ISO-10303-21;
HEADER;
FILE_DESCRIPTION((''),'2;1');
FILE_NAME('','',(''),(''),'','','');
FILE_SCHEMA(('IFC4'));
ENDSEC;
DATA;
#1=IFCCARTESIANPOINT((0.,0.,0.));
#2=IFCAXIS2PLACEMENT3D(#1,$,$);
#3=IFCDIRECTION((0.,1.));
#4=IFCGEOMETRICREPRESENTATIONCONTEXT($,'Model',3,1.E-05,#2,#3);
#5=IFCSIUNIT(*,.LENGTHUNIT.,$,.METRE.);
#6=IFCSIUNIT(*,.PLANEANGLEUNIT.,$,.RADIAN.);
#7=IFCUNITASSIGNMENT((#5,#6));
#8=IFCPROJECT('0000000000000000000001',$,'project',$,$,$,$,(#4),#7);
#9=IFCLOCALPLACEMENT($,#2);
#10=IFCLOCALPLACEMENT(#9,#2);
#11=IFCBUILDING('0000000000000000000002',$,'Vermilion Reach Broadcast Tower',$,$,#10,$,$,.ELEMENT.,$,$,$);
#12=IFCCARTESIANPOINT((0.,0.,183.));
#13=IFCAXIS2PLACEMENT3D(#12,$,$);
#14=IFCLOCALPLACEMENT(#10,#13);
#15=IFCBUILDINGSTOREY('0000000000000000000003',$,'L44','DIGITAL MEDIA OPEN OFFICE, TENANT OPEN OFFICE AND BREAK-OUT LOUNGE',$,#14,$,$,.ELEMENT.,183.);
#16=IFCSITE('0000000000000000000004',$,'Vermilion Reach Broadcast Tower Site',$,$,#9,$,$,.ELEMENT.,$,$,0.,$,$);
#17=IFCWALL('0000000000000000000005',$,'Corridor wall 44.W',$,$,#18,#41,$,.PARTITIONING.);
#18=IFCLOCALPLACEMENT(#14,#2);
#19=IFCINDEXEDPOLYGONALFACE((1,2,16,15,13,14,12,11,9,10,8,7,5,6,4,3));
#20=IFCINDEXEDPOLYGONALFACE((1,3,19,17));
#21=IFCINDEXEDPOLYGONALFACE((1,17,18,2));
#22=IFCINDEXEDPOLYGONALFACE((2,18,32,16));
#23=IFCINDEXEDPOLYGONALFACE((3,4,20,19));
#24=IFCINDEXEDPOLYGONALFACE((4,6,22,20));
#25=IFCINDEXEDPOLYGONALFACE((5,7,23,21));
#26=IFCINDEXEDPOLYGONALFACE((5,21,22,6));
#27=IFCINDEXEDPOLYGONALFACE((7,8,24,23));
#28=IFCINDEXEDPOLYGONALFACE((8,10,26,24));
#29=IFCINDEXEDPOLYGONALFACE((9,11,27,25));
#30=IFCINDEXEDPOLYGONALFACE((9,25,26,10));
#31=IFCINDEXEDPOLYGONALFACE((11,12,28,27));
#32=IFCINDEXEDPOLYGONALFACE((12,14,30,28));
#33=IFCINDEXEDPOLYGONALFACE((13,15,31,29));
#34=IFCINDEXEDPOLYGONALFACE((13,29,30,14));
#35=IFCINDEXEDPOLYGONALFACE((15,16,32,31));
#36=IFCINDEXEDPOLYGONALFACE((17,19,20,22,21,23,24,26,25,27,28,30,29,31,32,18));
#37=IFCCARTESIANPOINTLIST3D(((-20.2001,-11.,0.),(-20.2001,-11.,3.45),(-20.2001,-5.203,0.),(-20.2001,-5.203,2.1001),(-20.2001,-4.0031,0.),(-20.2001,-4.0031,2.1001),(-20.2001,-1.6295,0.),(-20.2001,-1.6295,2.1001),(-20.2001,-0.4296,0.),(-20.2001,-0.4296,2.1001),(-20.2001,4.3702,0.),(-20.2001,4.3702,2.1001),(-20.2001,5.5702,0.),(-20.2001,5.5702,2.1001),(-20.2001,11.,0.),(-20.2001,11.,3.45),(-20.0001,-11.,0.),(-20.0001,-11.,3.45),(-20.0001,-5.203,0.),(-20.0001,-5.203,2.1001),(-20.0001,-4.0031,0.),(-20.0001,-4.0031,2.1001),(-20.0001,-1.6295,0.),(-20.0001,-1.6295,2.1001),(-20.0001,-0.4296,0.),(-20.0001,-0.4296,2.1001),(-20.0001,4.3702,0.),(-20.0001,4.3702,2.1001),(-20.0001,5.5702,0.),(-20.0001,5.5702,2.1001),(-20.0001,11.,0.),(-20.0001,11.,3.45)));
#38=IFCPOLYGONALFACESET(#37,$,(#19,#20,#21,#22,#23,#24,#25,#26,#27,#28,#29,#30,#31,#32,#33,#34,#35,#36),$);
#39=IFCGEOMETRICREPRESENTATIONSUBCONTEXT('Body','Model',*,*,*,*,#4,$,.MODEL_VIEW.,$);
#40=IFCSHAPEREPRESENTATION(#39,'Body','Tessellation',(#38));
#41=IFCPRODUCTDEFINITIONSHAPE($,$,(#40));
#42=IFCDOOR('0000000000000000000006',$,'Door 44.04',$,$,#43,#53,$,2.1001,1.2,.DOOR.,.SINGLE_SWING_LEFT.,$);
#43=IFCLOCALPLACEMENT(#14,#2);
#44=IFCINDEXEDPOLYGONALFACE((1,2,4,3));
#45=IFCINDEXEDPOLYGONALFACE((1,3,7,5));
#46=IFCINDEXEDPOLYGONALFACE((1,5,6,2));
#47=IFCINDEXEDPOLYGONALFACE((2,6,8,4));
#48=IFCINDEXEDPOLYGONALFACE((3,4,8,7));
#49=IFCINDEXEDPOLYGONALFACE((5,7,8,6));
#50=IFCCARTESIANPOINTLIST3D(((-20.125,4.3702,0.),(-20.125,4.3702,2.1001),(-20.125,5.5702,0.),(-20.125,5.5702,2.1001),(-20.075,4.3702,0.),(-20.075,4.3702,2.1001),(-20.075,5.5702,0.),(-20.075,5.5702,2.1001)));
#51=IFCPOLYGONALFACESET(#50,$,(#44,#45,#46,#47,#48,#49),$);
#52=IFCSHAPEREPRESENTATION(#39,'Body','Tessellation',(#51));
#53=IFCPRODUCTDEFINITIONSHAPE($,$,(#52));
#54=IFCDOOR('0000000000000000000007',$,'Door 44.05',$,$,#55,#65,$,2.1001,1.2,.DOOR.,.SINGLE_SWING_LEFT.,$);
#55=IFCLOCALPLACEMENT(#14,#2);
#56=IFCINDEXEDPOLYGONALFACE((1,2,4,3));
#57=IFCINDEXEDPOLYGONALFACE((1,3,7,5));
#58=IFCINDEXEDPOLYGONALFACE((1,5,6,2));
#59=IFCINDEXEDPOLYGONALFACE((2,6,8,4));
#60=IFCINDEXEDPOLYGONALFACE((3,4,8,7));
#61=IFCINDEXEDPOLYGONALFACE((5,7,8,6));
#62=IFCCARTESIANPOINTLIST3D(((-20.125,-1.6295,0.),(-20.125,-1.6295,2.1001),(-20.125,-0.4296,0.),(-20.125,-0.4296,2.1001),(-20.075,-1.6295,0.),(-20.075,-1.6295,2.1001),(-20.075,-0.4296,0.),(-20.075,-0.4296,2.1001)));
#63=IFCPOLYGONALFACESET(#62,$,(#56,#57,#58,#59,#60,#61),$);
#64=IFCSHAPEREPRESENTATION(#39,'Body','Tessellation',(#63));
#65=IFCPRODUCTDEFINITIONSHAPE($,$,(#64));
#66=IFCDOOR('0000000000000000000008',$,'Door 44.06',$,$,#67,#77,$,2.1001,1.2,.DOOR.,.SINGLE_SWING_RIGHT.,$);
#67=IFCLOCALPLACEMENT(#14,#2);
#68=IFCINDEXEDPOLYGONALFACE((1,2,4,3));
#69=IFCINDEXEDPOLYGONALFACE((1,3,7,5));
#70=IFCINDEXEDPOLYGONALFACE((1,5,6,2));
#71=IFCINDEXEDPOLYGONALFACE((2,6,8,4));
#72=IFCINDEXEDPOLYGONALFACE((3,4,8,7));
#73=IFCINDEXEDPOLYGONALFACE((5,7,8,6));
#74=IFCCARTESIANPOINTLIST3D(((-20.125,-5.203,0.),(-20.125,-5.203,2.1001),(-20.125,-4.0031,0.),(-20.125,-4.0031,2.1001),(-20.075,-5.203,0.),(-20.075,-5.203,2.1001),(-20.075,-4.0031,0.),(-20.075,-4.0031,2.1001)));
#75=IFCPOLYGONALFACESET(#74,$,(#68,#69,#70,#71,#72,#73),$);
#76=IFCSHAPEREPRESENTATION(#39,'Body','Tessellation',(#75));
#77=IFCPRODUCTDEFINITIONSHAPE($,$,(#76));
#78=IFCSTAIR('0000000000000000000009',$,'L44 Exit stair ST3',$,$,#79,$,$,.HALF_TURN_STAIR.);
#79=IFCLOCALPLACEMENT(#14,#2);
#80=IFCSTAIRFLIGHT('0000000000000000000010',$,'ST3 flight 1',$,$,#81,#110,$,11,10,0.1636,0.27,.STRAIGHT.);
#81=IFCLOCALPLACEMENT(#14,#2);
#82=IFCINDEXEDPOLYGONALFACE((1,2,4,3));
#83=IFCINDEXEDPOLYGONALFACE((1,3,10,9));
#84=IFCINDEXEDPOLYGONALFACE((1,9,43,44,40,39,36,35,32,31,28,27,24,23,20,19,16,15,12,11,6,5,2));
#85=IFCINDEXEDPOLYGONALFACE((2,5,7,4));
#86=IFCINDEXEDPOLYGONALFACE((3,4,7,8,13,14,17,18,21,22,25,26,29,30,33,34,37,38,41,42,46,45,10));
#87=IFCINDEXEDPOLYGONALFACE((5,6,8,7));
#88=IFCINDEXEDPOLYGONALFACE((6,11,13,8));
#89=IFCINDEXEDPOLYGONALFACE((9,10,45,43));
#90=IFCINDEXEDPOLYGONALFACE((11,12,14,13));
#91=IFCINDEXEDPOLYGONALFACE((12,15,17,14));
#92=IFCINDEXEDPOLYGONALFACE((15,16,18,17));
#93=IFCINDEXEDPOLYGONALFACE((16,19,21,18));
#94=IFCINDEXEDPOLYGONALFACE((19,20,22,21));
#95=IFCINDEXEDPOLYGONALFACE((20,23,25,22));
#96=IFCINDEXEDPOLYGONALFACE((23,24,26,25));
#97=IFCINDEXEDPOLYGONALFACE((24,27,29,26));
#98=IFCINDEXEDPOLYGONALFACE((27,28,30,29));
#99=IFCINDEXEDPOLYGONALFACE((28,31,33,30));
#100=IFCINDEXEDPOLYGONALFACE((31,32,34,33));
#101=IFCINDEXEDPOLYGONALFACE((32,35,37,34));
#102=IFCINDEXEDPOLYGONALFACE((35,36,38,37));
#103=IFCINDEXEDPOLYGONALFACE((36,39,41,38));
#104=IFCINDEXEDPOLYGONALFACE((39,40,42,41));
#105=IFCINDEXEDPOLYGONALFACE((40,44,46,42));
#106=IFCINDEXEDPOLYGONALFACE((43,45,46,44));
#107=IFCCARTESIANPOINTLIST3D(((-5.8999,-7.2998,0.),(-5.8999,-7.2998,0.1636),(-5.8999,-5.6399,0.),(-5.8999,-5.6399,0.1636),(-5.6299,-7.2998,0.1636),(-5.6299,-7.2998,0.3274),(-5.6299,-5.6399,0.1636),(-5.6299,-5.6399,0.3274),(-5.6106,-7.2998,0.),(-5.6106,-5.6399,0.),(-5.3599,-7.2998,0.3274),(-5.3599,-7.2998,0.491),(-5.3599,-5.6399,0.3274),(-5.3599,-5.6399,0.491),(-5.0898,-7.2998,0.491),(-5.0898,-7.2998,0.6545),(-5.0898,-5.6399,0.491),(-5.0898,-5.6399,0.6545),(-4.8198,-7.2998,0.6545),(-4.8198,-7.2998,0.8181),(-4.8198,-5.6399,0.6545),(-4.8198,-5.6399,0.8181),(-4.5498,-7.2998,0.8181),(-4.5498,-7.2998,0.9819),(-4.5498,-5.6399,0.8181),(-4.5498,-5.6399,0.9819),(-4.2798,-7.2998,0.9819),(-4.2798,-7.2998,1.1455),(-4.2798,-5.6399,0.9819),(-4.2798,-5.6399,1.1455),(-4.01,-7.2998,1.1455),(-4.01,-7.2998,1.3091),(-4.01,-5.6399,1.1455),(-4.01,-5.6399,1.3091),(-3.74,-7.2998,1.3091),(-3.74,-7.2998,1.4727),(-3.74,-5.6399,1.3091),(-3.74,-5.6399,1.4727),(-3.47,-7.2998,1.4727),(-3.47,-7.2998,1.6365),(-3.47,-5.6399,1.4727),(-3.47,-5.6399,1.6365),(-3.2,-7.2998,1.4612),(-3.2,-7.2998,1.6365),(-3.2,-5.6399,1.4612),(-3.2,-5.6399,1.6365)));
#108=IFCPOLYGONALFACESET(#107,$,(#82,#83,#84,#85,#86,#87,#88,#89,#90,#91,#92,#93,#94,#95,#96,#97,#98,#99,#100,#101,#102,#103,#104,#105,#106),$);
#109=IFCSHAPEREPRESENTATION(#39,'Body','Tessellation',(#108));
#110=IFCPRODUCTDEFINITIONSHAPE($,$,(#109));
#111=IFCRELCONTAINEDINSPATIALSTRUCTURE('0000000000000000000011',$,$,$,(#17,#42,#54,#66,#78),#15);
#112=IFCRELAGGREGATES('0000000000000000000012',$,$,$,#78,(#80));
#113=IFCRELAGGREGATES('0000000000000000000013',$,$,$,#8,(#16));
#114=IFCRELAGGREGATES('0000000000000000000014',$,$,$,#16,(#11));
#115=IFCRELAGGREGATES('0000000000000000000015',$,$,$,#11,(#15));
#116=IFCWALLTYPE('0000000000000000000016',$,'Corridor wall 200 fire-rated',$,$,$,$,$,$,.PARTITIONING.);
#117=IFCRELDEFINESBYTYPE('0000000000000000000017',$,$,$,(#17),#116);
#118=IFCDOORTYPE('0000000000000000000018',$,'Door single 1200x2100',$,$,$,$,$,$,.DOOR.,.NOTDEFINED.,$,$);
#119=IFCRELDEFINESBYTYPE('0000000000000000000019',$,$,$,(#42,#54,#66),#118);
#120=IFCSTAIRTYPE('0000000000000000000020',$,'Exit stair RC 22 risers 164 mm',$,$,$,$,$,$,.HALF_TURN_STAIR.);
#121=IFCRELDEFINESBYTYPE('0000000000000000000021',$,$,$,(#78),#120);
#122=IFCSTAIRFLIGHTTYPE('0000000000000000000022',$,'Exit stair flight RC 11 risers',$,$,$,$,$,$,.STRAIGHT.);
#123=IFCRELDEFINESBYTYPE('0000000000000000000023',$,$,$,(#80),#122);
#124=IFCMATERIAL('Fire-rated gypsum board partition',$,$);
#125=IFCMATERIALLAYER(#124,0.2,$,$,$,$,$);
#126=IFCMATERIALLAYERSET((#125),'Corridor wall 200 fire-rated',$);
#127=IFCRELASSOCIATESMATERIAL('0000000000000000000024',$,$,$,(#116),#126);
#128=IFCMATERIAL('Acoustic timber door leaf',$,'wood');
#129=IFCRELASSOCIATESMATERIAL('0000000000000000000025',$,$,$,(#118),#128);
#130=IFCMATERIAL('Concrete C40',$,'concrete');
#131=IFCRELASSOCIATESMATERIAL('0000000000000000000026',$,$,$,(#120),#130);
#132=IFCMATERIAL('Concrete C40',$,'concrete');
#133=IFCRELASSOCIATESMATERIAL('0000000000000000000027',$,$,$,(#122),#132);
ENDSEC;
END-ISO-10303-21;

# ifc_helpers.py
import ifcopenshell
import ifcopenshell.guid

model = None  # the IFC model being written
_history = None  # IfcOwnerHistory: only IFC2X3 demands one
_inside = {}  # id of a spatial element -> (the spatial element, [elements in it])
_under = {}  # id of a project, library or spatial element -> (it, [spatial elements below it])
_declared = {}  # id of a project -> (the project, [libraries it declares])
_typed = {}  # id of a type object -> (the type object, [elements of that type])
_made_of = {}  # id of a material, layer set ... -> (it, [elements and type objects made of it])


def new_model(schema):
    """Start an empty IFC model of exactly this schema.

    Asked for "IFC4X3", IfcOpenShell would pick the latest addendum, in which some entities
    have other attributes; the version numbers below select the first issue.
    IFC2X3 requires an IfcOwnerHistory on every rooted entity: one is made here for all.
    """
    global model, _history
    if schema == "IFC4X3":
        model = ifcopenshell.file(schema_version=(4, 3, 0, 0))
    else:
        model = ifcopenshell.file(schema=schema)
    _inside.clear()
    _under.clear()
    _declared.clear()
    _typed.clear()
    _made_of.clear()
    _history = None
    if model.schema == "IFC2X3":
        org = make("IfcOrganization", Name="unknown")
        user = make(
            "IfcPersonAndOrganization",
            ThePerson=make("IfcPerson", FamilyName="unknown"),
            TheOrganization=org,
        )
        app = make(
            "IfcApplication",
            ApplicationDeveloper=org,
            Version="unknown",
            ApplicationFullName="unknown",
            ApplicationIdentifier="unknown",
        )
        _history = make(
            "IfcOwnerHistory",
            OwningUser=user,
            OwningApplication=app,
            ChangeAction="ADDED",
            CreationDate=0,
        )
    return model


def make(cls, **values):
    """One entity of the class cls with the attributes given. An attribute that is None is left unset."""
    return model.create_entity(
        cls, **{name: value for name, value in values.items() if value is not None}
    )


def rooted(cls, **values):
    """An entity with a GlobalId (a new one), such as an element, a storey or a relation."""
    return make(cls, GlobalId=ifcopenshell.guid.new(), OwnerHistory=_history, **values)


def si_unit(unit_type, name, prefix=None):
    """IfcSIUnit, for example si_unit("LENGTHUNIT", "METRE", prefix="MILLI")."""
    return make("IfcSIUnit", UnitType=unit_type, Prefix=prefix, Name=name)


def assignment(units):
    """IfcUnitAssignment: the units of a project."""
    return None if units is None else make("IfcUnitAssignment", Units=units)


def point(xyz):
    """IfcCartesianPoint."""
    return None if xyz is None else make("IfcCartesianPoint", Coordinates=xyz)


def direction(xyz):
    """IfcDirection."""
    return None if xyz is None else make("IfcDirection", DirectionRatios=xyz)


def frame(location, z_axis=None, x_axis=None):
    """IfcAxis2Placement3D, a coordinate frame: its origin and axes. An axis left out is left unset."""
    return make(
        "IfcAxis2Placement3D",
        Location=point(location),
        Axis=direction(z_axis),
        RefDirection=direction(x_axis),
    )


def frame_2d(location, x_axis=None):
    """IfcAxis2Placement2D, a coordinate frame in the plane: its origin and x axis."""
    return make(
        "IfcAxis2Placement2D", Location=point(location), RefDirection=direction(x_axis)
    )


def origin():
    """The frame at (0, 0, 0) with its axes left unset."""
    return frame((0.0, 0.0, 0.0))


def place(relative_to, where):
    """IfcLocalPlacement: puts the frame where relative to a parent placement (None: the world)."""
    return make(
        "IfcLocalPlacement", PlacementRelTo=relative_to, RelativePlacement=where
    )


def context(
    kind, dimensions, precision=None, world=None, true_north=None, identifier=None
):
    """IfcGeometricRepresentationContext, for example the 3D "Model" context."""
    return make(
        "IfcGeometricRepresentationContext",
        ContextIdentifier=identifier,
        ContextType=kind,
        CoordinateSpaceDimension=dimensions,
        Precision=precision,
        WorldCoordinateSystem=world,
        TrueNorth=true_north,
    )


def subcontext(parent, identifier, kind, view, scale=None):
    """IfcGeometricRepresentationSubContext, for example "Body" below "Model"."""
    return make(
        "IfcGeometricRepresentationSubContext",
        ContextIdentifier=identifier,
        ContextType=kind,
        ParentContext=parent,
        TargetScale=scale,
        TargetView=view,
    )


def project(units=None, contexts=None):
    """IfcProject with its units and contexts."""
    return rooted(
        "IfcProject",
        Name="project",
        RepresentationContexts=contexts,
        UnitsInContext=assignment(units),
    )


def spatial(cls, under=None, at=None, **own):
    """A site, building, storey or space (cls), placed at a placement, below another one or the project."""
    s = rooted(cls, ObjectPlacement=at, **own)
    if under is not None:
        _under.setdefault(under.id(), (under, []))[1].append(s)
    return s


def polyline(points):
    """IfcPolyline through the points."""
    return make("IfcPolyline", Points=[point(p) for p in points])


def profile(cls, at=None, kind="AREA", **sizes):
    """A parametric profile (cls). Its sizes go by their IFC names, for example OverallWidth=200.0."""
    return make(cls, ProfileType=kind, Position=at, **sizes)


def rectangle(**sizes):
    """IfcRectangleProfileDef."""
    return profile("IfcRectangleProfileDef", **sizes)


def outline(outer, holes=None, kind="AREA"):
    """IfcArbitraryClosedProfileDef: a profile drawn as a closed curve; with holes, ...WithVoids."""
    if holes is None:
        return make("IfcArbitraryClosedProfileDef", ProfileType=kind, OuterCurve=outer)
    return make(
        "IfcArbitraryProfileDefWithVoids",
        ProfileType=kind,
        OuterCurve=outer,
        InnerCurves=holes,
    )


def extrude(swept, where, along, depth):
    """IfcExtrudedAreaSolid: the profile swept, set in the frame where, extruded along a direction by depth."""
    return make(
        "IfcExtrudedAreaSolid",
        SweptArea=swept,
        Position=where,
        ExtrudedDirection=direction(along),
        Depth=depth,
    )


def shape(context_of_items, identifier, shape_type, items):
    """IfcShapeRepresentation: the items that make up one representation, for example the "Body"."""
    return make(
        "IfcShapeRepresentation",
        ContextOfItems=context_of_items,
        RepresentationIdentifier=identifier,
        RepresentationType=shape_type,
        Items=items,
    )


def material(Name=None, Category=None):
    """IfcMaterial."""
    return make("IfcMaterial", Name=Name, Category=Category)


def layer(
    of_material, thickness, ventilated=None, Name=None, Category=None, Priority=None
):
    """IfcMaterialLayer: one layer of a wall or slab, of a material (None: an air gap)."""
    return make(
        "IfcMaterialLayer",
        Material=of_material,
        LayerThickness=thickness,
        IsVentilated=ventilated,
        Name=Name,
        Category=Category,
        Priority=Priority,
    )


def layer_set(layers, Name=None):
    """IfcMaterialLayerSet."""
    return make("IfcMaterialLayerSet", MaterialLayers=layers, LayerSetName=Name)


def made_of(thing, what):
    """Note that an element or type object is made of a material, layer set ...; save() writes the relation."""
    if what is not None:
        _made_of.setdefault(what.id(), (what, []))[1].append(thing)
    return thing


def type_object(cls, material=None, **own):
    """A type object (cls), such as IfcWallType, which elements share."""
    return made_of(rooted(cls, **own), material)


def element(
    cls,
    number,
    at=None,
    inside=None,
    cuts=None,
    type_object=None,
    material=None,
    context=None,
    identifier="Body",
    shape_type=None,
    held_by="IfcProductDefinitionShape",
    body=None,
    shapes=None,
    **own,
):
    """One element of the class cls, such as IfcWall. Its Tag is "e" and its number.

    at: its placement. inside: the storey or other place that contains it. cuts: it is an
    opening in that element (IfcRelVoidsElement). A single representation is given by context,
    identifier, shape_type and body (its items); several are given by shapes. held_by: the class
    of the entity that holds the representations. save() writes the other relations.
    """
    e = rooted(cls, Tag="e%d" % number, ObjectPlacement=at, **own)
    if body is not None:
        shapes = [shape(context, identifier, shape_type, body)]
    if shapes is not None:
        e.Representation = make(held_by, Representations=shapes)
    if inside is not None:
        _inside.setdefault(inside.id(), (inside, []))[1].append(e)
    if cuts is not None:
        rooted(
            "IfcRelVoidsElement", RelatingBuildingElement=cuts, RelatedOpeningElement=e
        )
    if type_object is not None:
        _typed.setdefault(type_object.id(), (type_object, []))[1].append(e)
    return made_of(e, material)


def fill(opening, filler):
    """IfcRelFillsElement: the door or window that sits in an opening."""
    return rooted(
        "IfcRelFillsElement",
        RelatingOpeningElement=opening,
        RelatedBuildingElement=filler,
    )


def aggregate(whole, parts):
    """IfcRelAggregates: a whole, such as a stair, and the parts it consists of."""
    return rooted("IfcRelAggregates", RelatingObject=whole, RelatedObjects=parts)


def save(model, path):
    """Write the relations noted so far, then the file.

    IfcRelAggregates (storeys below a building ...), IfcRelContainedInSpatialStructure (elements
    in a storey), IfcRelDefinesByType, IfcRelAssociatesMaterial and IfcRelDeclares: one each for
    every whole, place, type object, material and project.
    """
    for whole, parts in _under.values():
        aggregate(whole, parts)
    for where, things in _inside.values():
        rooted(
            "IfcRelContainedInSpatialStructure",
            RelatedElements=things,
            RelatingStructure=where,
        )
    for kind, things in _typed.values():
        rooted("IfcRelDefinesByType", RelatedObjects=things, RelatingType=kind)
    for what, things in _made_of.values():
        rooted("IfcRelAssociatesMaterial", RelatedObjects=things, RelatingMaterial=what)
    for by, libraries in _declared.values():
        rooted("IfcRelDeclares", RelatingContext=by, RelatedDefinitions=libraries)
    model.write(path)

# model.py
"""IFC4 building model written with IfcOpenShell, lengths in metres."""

from ifc_helpers import new_model, si_unit, direction, frame, frame_2d, origin, place, context, subcontext, project, spatial, polyline, rectangle, outline, extrude, material, layer, layer_set, type_object, element, fill, aggregate, save


model = new_model("IFC4")

# Units and contexts
model_context = context("Model", 3, precision=1e-05, world=origin(), true_north=direction((0.0, 1.0)))
body_context = subcontext(model_context, "Body", "Model", "MODEL_VIEW")
ifc_project = project(units=[si_unit("LENGTHUNIT", "METRE"), si_unit("PLANEANGLEUNIT", "RADIAN")], contexts=[model_context])

# Site, building, storey
site_placement = place(None, origin())
site = spatial("IfcSite", under=ifc_project, at=site_placement, Name="Vermilion Reach Broadcast Tower Site", CompositionType="ELEMENT", RefElevation=0.0)
building_placement = place(site_placement, origin())
building = spatial("IfcBuilding", under=site, at=building_placement, Name="Vermilion Reach Broadcast Tower", CompositionType="ELEMENT")
storey_placement = place(building_placement, frame((0.0, 0.0, 183.0)))
storey = spatial("IfcBuildingStorey", under=building, at=storey_placement, Name="L44", Description="DIGITAL MEDIA OPEN OFFICE, TENANT OPEN OFFICE AND BREAK-OUT LOUNGE", CompositionType="ELEMENT", Elevation=183.0)

# Wall, openings, doors
ifc_material_1 = material(Name="Fire-rated gypsum board partition")
ifc_layer_1 = layer(ifc_material_1, 0.2)
ifc_layer_set_1 = layer_set([ifc_layer_1], Name="Corridor wall 200 fire-rated")
wall_type_1 = type_object("IfcWallType", Name="Corridor wall 200 fire-rated", PredefinedType="PARTITIONING", material=ifc_layer_set_1)
wall_1_placement = place(storey_placement, frame((-20.1001, -11.0, 0.0), z_axis=(0.0, 0.0, 1.0), x_axis=(0.0, 1.0, 0.0)))
wall_1 = element("IfcWall", 1, at=wall_1_placement, inside=storey, type_object=wall_type_1, Name="Corridor wall 44.W", PredefinedType="PARTITIONING", context=body_context, shape_type="SweptSolid", body=[
    extrude(rectangle(XDim=22.0, YDim=0.2, at=frame_2d((11.0, 0.0))), origin(), (0.0, 0.0, 1.0), 3.45),
])
opening_1_placement = place(wall_1_placement, frame((15.3701, 0.0, 0.0)))
opening_1 = element("IfcOpeningElement", 2, at=opening_1_placement, cuts=wall_1, PredefinedType="OPENING", context=body_context, shape_type="SweptSolid", body=[
    extrude(rectangle(XDim=1.2, YDim=2.1001, at=frame_2d((0.6001, 1.05))), frame((0.0, 0.1099, 0.0), z_axis=(0.0, -1.0, 0.0), x_axis=(1.0, 0.0, 0.0)), (0.0, 0.0, 1.0), 0.22),
])
opening_2_placement = place(wall_1_placement, frame((9.3704, 0.0, 0.0)))
opening_2 = element("IfcOpeningElement", 3, at=opening_2_placement, cuts=wall_1, PredefinedType="OPENING", context=body_context, shape_type="SweptSolid", body=[
    extrude(rectangle(XDim=1.2, YDim=2.1001, at=frame_2d((0.6001, 1.05))), frame((0.0, 0.1099, 0.0), z_axis=(0.0, -1.0, 0.0), x_axis=(1.0, 0.0, 0.0)), (0.0, 0.0, 1.0), 0.22),
])
opening_3_placement = place(wall_1_placement, frame((5.7969, 0.0, 0.0)))
opening_3 = element("IfcOpeningElement", 4, at=opening_3_placement, cuts=wall_1, PredefinedType="OPENING", context=body_context, shape_type="SweptSolid", body=[
    extrude(rectangle(XDim=1.2, YDim=2.1001, at=frame_2d((0.6001, 1.05))), frame((0.0, 0.1099, 0.0), z_axis=(0.0, -1.0, 0.0), x_axis=(1.0, 0.0, 0.0)), (0.0, 0.0, 1.0), 0.22),
])
ifc_material_2 = material(Name="Acoustic timber door leaf", Category="wood")
door_type_1 = type_object("IfcDoorType", Name="Door single 1200x2100", OperationType="NOTDEFINED", PredefinedType="DOOR", material=ifc_material_2)
door_1_placement = place(opening_1_placement, origin())
door_1 = element("IfcDoor", 5, at=door_1_placement, inside=storey, type_object=door_type_1, Name="Door 44.04", OperationType="SINGLE_SWING_LEFT", OverallHeight=2.1001, OverallWidth=1.2, PredefinedType="DOOR", context=body_context, shape_type="SweptSolid", body=[
    extrude(rectangle(XDim=1.2, YDim=2.1001, at=frame_2d((0.6001, 1.05))), frame((0.0, 0.0249, 0.0), z_axis=(0.0, -1.0, 0.0), x_axis=(1.0, 0.0, 0.0)), (0.0, 0.0, 1.0), 0.05),
])
fill(opening_1, door_1)
door_2_placement = place(opening_2_placement, origin())
door_2 = element("IfcDoor", 6, at=door_2_placement, inside=storey, type_object=door_type_1, Name="Door 44.05", OperationType="SINGLE_SWING_LEFT", OverallHeight=2.1001, OverallWidth=1.2, PredefinedType="DOOR", context=body_context, shape_type="SweptSolid", body=[
    extrude(rectangle(XDim=1.2, YDim=2.1001, at=frame_2d((0.6001, 1.05))), frame((0.0, 0.0249, 0.0), z_axis=(0.0, -1.0, 0.0), x_axis=(1.0, 0.0, 0.0)), (0.0, 0.0, 1.0), 0.05),
])
fill(opening_2, door_2)
door_3_placement = place(opening_3_placement, origin())
door_3 = element("IfcDoor", 7, at=door_3_placement, inside=storey, type_object=door_type_1, Name="Door 44.06", OperationType="SINGLE_SWING_RIGHT", OverallHeight=2.1001, OverallWidth=1.2, PredefinedType="DOOR", context=body_context, shape_type="SweptSolid", body=[
    extrude(rectangle(XDim=1.2, YDim=2.1001, at=frame_2d((0.6001, 1.05))), frame((0.0, 0.0249, 0.0), z_axis=(0.0, -1.0, 0.0), x_axis=(1.0, 0.0, 0.0)), (0.0, 0.0, 1.0), 0.05),
])
fill(opening_3, door_3)

# Stair, stair flight
ifc_material_3 = material(Name="Concrete C40", Category="concrete")
stair_type = type_object("IfcStairType", Name="Exit stair RC 22 risers 164 mm", PredefinedType="HALF_TURN_STAIR", material=ifc_material_3)
stair_placement = place(storey_placement, origin())
stair = element("IfcStair", 8, at=stair_placement, inside=storey, type_object=stair_type, Name="L44 Exit stair ST3", PredefinedType="HALF_TURN_STAIR")
ifc_material_4 = material(Name="Concrete C40", Category="concrete")
stair_flight_type = type_object("IfcStairFlightType", Name="Exit stair flight RC 11 risers", PredefinedType="STRAIGHT", material=ifc_material_4)
stair_flight_placement = place(storey_placement, frame((-5.8999, -6.47, 0.0), z_axis=(0.0, 0.0, 1.0), x_axis=(1.0, 0.0, 0.0)))
stair_flight = element("IfcStairFlight", 9, at=stair_flight_placement, type_object=stair_flight_type, Name="ST3 flight 1", NumberOfRisers=11, NumberOfTreads=10, PredefinedType="STRAIGHT", RiserHeight=0.1636, TreadLength=0.27, context=body_context, shape_type="SweptSolid", body=[
    extrude(outline(polyline([(0.0, 0.0), (0.0, 0.1636), (0.27, 0.1636), (0.27, 0.3274), (0.54, 0.3274), (0.54, 0.491), (0.8101, 0.491), (0.8101, 0.6545), (1.0801, 0.6545), (1.0801, 0.8181), (1.3501, 0.8181), (1.3501, 0.9819), (1.6201, 0.9819), (1.6201, 1.1455), (1.8899, 1.1455), (1.8899, 1.3091), (2.1599, 1.3091), (2.1599, 1.4727), (2.4299, 1.4727), (2.4299, 1.6365), (2.7, 1.6365), (2.7, 1.8), (2.7, 1.4612), (0.2893, 0.0), (0.0, 0.0)])), frame((0.0, 0.8301, 0.0), z_axis=(0.0, -1.0, 0.0), x_axis=(1.0, 0.0, 0.0)), (0.0, 0.0, 1.0), 1.6599),
])
aggregate(stair, [stair_flight])

save(model, "model.ifc")
